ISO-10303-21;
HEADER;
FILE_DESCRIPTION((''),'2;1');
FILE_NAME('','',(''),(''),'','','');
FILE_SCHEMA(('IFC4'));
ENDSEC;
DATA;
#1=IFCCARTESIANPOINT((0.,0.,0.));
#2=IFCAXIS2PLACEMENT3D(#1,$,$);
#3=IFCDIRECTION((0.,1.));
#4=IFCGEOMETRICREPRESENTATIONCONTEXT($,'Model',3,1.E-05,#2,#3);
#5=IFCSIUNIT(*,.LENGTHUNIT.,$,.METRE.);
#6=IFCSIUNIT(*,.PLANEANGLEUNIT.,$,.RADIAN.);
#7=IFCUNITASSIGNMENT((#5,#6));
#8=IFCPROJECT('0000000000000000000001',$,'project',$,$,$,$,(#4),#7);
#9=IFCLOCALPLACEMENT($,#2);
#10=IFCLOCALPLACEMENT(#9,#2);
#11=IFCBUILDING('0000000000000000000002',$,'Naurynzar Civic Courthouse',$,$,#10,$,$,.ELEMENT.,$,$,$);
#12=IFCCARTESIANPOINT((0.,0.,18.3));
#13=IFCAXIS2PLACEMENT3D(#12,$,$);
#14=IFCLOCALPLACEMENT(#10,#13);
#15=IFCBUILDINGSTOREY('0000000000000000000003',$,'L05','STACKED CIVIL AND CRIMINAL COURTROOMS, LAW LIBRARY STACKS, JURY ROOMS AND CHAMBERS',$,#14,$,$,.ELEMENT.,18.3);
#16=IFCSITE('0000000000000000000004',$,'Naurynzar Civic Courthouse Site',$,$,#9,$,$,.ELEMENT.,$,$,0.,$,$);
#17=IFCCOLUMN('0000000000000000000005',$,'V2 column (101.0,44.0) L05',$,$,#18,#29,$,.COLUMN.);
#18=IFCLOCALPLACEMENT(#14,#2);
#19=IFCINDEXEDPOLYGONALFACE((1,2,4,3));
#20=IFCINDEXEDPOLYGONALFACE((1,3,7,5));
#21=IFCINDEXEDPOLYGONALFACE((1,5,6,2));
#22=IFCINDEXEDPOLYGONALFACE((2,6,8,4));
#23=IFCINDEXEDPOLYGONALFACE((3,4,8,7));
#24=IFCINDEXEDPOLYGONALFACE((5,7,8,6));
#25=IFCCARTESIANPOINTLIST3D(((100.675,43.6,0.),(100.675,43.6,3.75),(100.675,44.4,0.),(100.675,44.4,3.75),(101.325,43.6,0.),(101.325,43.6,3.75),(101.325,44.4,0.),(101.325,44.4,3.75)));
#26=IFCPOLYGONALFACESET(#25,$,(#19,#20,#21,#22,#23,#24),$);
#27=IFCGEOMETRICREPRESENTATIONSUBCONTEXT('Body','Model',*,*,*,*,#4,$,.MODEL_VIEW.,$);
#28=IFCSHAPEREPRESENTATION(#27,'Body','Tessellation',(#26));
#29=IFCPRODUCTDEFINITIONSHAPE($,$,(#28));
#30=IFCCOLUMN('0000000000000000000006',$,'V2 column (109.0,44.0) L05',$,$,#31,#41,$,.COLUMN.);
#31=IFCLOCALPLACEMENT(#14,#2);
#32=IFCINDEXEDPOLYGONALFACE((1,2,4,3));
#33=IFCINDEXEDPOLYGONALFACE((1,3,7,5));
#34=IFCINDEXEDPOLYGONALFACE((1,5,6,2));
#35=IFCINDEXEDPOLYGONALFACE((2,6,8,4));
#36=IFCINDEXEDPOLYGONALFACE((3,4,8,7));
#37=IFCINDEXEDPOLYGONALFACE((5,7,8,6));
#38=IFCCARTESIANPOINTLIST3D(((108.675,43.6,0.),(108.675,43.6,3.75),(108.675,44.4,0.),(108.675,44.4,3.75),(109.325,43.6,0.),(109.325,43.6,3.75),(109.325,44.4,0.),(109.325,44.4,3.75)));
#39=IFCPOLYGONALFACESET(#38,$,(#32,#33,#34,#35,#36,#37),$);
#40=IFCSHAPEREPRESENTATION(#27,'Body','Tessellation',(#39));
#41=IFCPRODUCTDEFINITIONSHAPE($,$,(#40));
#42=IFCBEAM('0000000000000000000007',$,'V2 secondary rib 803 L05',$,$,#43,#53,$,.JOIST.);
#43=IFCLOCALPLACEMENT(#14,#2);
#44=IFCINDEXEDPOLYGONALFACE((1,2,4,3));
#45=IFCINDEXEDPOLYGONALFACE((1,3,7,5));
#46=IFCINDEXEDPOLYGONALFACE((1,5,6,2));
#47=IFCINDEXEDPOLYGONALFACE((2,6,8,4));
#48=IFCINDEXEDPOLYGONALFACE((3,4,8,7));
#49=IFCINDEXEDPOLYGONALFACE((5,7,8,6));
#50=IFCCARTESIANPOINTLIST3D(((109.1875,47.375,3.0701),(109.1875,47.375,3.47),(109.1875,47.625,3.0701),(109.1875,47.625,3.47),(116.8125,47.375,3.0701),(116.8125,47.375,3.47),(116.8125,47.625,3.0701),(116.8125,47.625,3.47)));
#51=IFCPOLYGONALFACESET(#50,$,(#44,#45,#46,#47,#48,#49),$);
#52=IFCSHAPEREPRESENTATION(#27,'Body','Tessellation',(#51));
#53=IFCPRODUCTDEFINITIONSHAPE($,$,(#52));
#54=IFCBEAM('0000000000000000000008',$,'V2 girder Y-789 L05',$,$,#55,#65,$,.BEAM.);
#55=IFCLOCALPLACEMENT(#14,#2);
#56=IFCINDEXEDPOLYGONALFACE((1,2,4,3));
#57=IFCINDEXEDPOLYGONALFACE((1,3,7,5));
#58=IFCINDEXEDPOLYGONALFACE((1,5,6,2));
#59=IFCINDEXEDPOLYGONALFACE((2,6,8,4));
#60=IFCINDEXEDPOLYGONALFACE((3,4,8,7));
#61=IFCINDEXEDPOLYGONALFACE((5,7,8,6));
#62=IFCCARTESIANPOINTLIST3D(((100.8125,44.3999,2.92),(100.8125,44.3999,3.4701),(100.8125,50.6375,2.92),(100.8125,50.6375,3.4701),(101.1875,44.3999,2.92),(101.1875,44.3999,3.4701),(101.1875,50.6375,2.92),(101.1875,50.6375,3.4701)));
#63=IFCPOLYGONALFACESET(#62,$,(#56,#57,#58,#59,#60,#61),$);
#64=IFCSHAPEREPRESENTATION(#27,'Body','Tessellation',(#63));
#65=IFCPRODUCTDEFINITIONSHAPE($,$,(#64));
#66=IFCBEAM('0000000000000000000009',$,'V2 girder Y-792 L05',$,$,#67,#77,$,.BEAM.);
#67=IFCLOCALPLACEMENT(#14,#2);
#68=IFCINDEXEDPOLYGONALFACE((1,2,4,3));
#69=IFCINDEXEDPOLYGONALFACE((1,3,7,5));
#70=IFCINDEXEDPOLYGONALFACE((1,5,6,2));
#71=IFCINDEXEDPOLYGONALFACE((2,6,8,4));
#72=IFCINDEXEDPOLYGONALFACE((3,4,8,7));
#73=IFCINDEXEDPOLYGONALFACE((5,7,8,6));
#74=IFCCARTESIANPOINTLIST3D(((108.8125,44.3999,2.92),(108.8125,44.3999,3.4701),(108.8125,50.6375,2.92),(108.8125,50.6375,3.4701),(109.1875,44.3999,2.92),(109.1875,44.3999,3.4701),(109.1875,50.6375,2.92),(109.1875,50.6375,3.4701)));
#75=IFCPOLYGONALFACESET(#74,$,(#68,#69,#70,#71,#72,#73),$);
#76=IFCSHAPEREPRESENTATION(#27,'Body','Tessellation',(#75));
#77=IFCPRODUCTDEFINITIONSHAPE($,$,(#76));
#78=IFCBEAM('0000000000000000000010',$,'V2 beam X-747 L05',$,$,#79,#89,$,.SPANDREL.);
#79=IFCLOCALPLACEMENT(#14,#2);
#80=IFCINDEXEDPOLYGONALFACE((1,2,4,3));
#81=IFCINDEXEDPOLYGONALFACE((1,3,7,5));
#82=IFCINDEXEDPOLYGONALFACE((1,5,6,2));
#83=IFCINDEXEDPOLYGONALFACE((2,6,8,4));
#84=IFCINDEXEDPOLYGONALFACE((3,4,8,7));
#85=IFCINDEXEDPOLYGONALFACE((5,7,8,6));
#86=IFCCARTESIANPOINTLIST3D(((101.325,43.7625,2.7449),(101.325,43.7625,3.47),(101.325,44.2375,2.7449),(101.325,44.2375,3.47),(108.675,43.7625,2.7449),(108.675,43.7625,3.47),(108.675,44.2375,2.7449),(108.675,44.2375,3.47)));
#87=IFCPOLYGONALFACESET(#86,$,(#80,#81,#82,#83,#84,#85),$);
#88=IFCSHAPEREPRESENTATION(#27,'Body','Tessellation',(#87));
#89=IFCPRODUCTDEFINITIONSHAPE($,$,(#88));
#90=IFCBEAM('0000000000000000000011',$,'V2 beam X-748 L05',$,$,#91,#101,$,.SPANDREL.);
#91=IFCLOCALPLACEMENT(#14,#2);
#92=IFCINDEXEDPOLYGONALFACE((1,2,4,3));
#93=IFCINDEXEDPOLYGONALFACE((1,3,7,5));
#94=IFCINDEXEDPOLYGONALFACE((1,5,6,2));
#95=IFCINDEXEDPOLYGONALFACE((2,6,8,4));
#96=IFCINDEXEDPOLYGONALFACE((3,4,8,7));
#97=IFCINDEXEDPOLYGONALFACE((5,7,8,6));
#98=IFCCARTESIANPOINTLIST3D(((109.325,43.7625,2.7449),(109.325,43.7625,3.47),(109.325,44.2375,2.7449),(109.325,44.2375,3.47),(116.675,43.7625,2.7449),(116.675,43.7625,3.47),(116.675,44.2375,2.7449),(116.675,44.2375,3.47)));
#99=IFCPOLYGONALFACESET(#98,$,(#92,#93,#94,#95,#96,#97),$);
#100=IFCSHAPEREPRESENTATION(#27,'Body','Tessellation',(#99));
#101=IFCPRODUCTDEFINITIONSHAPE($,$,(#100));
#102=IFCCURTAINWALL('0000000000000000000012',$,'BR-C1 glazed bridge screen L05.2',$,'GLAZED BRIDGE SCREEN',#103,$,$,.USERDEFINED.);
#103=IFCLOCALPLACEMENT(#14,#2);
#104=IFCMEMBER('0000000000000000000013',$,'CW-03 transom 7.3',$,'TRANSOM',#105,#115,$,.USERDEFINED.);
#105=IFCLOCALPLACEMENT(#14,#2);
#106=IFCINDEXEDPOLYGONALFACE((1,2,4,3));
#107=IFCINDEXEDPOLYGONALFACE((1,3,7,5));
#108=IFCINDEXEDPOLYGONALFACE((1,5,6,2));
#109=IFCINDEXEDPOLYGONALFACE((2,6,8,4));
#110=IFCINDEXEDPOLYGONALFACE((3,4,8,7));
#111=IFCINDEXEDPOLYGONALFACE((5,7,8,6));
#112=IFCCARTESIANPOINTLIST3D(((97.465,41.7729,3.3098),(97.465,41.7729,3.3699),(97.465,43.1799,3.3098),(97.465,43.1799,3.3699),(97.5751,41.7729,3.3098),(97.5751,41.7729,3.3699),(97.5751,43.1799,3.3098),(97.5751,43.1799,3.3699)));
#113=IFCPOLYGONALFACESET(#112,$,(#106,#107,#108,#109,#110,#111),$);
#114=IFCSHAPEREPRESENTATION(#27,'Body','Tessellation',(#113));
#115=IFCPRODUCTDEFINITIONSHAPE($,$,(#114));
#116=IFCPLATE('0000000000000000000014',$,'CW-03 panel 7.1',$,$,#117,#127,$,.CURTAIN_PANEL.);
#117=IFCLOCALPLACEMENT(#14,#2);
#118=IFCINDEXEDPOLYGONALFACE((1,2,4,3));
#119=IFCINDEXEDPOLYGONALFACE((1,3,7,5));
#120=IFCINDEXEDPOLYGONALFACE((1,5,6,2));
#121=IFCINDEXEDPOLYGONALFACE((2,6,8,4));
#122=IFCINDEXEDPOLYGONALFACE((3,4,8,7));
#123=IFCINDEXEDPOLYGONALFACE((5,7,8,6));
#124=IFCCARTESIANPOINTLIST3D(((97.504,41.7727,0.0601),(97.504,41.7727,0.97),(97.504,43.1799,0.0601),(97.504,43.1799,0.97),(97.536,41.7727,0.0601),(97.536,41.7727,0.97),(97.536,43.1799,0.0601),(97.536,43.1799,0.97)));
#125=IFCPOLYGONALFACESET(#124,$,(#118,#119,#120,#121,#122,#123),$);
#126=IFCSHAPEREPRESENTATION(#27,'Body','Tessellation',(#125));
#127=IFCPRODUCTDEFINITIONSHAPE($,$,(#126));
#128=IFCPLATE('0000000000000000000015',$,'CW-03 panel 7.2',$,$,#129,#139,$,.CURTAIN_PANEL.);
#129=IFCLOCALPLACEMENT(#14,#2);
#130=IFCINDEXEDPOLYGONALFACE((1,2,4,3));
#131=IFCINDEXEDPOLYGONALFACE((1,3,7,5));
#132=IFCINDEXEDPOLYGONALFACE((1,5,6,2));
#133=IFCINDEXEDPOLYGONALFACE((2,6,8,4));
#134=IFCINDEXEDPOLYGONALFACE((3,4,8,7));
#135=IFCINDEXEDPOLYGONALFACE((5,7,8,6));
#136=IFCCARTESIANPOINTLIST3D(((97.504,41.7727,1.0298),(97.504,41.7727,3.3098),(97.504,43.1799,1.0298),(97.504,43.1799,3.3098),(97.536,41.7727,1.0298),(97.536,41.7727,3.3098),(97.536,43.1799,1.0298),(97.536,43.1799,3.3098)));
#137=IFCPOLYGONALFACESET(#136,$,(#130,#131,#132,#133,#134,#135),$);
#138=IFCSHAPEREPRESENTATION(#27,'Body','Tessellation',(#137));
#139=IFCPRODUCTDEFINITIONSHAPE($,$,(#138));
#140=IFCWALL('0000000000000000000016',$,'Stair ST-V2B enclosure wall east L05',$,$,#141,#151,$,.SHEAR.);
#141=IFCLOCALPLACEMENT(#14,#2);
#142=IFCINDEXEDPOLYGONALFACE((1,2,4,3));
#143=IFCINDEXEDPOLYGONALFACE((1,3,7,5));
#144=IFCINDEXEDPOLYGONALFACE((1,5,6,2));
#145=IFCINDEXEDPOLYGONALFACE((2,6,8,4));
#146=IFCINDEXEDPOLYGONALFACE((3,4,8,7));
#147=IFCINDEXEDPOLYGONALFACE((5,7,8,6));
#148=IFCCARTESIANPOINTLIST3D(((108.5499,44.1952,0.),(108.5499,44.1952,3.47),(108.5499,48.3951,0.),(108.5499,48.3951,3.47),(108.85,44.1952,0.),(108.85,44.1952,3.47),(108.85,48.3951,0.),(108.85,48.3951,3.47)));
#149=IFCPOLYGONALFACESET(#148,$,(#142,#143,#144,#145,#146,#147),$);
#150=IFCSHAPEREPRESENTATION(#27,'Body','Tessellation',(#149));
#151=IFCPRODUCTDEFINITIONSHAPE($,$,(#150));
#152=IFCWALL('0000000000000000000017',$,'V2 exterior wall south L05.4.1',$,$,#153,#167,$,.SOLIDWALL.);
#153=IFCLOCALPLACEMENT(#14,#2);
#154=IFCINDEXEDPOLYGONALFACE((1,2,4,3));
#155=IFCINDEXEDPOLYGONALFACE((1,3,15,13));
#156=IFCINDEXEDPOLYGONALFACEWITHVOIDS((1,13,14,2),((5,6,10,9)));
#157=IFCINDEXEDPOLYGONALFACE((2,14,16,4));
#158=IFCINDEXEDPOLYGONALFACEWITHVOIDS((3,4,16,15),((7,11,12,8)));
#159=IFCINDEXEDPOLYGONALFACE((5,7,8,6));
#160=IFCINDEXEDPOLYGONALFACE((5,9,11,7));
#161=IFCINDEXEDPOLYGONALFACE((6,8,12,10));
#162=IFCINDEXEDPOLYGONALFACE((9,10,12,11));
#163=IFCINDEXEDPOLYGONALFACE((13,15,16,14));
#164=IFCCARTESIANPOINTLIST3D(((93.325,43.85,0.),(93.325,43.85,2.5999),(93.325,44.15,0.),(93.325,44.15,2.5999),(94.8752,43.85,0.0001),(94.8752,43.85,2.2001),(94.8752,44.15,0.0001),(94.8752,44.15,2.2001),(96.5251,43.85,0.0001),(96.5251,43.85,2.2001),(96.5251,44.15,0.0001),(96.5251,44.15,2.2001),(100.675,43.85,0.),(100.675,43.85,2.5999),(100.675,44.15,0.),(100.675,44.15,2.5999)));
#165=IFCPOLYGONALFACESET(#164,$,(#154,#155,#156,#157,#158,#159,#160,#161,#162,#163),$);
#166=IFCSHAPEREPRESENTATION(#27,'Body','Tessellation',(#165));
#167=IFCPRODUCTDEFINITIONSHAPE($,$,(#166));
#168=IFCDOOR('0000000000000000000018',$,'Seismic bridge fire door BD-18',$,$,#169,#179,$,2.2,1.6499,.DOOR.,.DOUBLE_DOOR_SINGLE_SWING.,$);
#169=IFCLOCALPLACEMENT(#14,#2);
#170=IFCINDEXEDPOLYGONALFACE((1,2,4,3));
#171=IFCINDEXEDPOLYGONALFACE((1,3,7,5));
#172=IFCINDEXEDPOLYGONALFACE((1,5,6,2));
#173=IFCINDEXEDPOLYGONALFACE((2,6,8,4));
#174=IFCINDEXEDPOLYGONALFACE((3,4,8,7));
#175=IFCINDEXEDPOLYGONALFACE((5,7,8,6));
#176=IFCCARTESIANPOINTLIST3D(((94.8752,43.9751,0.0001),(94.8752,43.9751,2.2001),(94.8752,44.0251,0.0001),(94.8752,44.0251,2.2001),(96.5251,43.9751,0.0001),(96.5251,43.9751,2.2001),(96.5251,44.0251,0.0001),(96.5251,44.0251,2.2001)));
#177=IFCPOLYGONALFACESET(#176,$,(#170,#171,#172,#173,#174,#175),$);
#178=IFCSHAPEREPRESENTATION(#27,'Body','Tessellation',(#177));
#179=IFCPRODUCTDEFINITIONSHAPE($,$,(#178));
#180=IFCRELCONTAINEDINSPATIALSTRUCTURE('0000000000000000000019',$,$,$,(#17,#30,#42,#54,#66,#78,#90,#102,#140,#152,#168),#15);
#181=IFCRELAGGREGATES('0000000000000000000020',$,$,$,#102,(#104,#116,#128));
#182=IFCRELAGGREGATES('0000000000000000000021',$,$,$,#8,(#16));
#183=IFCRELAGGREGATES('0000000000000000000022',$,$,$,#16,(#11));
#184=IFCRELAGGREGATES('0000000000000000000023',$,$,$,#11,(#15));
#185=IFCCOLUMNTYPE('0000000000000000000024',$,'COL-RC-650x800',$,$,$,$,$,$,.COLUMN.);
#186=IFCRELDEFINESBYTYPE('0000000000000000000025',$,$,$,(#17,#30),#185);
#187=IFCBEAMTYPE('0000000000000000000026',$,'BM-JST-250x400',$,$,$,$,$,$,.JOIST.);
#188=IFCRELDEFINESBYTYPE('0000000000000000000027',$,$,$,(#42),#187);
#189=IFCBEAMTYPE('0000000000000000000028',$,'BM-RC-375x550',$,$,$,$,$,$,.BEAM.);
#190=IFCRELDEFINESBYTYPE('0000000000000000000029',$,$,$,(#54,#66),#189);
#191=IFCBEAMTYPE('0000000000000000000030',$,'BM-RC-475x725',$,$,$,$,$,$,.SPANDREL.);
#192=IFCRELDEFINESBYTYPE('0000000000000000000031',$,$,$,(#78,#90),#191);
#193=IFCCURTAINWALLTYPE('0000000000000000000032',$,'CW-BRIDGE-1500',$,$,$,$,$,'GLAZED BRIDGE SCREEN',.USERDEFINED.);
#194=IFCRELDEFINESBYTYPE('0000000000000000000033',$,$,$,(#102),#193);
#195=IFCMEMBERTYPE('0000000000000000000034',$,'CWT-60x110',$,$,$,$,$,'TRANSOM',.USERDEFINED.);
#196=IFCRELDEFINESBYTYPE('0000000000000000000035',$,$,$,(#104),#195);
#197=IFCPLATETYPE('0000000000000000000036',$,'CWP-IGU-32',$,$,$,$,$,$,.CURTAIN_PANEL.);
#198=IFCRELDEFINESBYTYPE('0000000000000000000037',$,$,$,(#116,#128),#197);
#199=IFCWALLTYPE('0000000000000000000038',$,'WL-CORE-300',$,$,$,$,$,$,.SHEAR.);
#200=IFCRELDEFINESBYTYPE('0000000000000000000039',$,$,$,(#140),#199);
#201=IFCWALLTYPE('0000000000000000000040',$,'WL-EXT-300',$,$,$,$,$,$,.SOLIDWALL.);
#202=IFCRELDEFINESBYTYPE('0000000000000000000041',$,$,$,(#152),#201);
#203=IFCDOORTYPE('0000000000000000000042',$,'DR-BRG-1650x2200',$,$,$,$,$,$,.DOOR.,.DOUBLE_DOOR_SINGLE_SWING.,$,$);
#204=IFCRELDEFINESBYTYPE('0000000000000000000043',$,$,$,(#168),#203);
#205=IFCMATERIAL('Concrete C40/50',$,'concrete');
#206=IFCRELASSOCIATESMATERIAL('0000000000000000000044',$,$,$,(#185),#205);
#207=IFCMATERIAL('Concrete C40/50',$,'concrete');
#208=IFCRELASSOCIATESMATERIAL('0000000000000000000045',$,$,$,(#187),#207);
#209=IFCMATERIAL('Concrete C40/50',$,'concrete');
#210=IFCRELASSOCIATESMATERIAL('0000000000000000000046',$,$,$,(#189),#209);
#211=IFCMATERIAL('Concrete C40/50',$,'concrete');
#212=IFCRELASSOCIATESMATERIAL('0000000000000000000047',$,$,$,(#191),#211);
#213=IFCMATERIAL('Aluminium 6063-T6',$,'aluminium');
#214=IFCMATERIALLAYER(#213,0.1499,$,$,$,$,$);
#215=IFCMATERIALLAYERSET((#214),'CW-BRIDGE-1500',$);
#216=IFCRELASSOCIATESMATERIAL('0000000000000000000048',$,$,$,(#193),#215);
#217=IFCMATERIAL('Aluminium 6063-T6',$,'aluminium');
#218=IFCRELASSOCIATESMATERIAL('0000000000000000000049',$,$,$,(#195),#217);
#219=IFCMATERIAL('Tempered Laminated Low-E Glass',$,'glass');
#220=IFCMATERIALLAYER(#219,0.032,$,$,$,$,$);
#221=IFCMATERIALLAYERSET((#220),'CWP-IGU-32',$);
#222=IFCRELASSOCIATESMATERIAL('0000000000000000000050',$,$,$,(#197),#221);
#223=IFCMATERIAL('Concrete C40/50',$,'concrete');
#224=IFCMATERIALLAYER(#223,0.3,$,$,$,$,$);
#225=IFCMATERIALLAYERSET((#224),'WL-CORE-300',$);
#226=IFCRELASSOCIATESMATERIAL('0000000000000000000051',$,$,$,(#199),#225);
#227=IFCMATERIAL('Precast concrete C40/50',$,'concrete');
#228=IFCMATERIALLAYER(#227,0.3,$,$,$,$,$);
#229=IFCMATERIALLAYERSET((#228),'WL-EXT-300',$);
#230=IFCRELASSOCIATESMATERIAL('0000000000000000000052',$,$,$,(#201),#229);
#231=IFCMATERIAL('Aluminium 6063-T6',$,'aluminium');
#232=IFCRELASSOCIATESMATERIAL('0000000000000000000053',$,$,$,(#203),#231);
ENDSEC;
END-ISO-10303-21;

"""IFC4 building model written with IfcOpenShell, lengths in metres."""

from ifc_helpers import new_model, si_unit, direction, frame, frame_2d, origin, origin_2d, place, context, subcontext, project, spatial, rectangle, extrude, material, layer, layer_set, material_profile, profile_set, type_object, element, fill, aggregate, save


model = new_model("IFC4")

# Units and contexts
model_context = context("Model", 3, precision=1e-05, world=origin(), true_north=direction((0.0, 1.0)))
body_context = subcontext(model_context, "Body", "Model", "MODEL_VIEW")
ifc_project = project(units=[si_unit("LENGTHUNIT", "METRE"), si_unit("PLANEANGLEUNIT", "RADIAN")], contexts=[model_context])

# Site, building, storey
site_placement = place(None, origin())
site = spatial("IfcSite", under=ifc_project, at=site_placement, Name="Naurynzar Civic Courthouse Site", CompositionType="ELEMENT", RefElevation=0.0)
building_placement = place(site_placement, origin())
building = spatial("IfcBuilding", under=site, at=building_placement, Name="Naurynzar Civic Courthouse", CompositionType="ELEMENT")
storey_placement = place(building_placement, frame((0.0, 0.0, 18.3)))
storey = spatial("IfcBuildingStorey", under=building, at=storey_placement, Name="L05", Description="STACKED CIVIL AND CRIMINAL COURTROOMS, LAW LIBRARY STACKS, JURY ROOMS AND CHAMBERS", CompositionType="ELEMENT", Elevation=18.3)

# Columns
ifc_material_1 = material(Name="Concrete C40/50", Category="concrete")
ifc_material_profile_1 = material_profile(ifc_material_1, rectangle(XDim=0.6499, YDim=0.8, at=origin_2d()), Name="RC 650x800")
ifc_profile_set_1 = profile_set([ifc_material_profile_1], Name="Concrete C40/50")
column_type = type_object("IfcColumnType", Name="COL-RC-650x800", PredefinedType="COLUMN", material=ifc_profile_set_1)
for number, where, z_axis, x_axis, name in (
    (1, (101.0, 44.0, 0.0), (0.0, 0.0, 1.0), (1.0, 0.0, 0.0), "V2 column (101.0,44.0) L05"),
    (2, (109.0, 44.0, 0.0), (0.0, 0.0, 1.0), (1.0, 0.0, 0.0), "V2 column (109.0,44.0) L05"),
):
    element("IfcColumn", number, at=place(storey_placement, frame(where, z_axis=z_axis, x_axis=x_axis)), inside=storey, type_object=column_type, Name=name, PredefinedType="COLUMN", context=body_context, shape_type="SweptSolid", body=[
        extrude(rectangle(XDim=0.6499, YDim=0.8, at=origin_2d()), origin(), (0.0, 0.0, 1.0), 3.75),
    ])

# Beams
ifc_material_2 = material(Name="Concrete C40/50", Category="concrete")
ifc_material_profile_2 = material_profile(ifc_material_2, rectangle(XDim=0.25, YDim=0.3999, at=origin_2d()), Name="RCB 250x400")
ifc_profile_set_2 = profile_set([ifc_material_profile_2], Name="Concrete C40/50")
beam_type_1 = type_object("IfcBeamType", Name="BM-JST-250x400", PredefinedType="JOIST", material=ifc_profile_set_2)
beam_placement = place(storey_placement, frame((109.1875, 47.5, 3.27), z_axis=(1.0, 0.0, 0.0), x_axis=(0.0, 1.0, 0.0)))
element("IfcBeam", 3, at=beam_placement, inside=storey, type_object=beam_type_1, Name="V2 secondary rib 803 L05", PredefinedType="JOIST", context=body_context, shape_type="SweptSolid", body=[
    extrude(rectangle(XDim=0.25, YDim=0.3999, at=origin_2d()), origin(), (0.0, 0.0, 1.0), 7.625),
])
ifc_material_3 = material(Name="Concrete C40/50", Category="concrete")
ifc_material_profile_3 = material_profile(ifc_material_3, rectangle(XDim=0.375, YDim=0.55, at=origin_2d()), Name="RCB 375x550")
ifc_profile_set_3 = profile_set([ifc_material_profile_3], Name="Concrete C40/50")
beam_type_2 = type_object("IfcBeamType", Name="BM-RC-375x550", PredefinedType="BEAM", material=ifc_profile_set_3)
for number, where, z_axis, x_axis, name in (
    (4, (101.0, 44.3999, 3.1951), (0.0, 1.0, 0.0), (-1.0, 0.0, 0.0), "V2 girder Y-789 L05"),
    (5, (109.0, 44.3999, 3.1951), (0.0, 1.0, 0.0), (-1.0, 0.0, 0.0), "V2 girder Y-792 L05"),
):
    element("IfcBeam", number, at=place(storey_placement, frame(where, z_axis=z_axis, x_axis=x_axis)), inside=storey, type_object=beam_type_2, Name=name, PredefinedType="BEAM", context=body_context, shape_type="SweptSolid", body=[
        extrude(rectangle(XDim=0.375, YDim=0.55, at=origin_2d()), origin(), (0.0, 0.0, 1.0), 6.2375),
    ])
ifc_material_4 = material(Name="Concrete C40/50", Category="concrete")
ifc_material_profile_4 = material_profile(ifc_material_4, rectangle(XDim=0.4751, YDim=0.7251, at=origin_2d()), Name="RCB 475x725")
ifc_profile_set_4 = profile_set([ifc_material_profile_4], Name="Concrete C40/50")
beam_type_3 = type_object("IfcBeamType", Name="BM-RC-475x725", PredefinedType="SPANDREL", material=ifc_profile_set_4)
for number, where, z_axis, x_axis, name in (
    (6, (101.325, 44.0, 3.1074), (1.0, 0.0, 0.0), (0.0, 1.0, 0.0), "V2 beam X-747 L05"),
    (7, (109.325, 44.0, 3.1074), (1.0, 0.0, 0.0), (0.0, 1.0, 0.0), "V2 beam X-748 L05"),
):
    element("IfcBeam", number, at=place(storey_placement, frame(where, z_axis=z_axis, x_axis=x_axis)), inside=storey, type_object=beam_type_3, Name=name, PredefinedType="SPANDREL", context=body_context, shape_type="SweptSolid", body=[
        extrude(rectangle(XDim=0.4751, YDim=0.7251, at=origin_2d()), origin(), (0.0, 0.0, 1.0), 7.3501),
    ])

# Curtain wall, member, plates
ifc_material_5 = material(Name="Aluminium 6063-T6", Category="aluminium")
ifc_layer_1 = layer(ifc_material_5, 0.1499)
ifc_layer_set_1 = layer_set([ifc_layer_1], Name="CW-BRIDGE-1500")
curtain_wall_type = type_object("IfcCurtainWallType", Name="CW-BRIDGE-1500", ElementType="GLAZED BRIDGE SCREEN", PredefinedType="USERDEFINED", material=ifc_layer_set_1)
curtain_wall_placement = place(storey_placement, origin())
curtain_wall = element("IfcCurtainWall", 8, at=curtain_wall_placement, inside=storey, type_object=curtain_wall_type, Name="BR-C1 glazed bridge screen L05.2", ObjectType="GLAZED BRIDGE SCREEN", PredefinedType="USERDEFINED")
ifc_material_6 = material(Name="Aluminium 6063-T6", Category="aluminium")
ifc_material_profile_5 = material_profile(ifc_material_6, rectangle(XDim=0.1101, YDim=0.0601, at=origin_2d()), Name="ALU TRANSOM 60x110")
ifc_profile_set_5 = profile_set([ifc_material_profile_5], Name="Aluminium 6063-T6")
member_type = type_object("IfcMemberType", Name="CWT-60x110", ElementType="TRANSOM", PredefinedType="USERDEFINED", material=ifc_profile_set_5)
member_placement = place(storey_placement, frame((97.52, 41.7729, 3.3398), z_axis=(0.0, 1.0, 0.0), x_axis=(-1.0, 0.0, 0.0)))
member = element("IfcMember", 9, at=member_placement, type_object=member_type, Name="CW-03 transom 7.3", ObjectType="TRANSOM", PredefinedType="USERDEFINED", context=body_context, shape_type="SweptSolid", body=[
    extrude(rectangle(XDim=0.1101, YDim=0.0601, at=origin_2d()), origin(), (0.0, 0.0, 1.0), 1.407),
])
ifc_material_7 = material(Name="Tempered Laminated Low-E Glass", Category="glass")
ifc_layer_2 = layer(ifc_material_7, 0.032)
ifc_layer_set_2 = layer_set([ifc_layer_2], Name="CWP-IGU-32")
plate_type = type_object("IfcPlateType", Name="CWP-IGU-32", PredefinedType="CURTAIN_PANEL", material=ifc_layer_set_2)
plate_1_placement = place(storey_placement, frame((97.52, 42.4763, 0.0601), z_axis=(0.0, 0.0, 1.0), x_axis=(0.0, 1.0, 0.0)))
plate_1 = element("IfcPlate", 10, at=plate_1_placement, type_object=plate_type, Name="CW-03 panel 7.1", PredefinedType="CURTAIN_PANEL", context=body_context, shape_type="SweptSolid", body=[
    extrude(rectangle(XDim=1.4072, YDim=0.032, at=origin_2d()), origin(), (0.0, 0.0, 1.0), 0.9099),
])
plate_2_placement = place(storey_placement, frame((97.52, 42.4763, 1.0298), z_axis=(0.0, 0.0, 1.0), x_axis=(0.0, 1.0, 0.0)))
plate_2 = element("IfcPlate", 11, at=plate_2_placement, type_object=plate_type, Name="CW-03 panel 7.2", PredefinedType="CURTAIN_PANEL", context=body_context, shape_type="SweptSolid", body=[
    extrude(rectangle(XDim=1.4072, YDim=0.032, at=origin_2d()), origin(), (0.0, 0.0, 1.0), 2.28),
])
aggregate(curtain_wall, [member, plate_1, plate_2])

# Wall
ifc_material_8 = material(Name="Concrete C40/50", Category="concrete")
ifc_layer_3 = layer(ifc_material_8, 0.3)
ifc_layer_set_3 = layer_set([ifc_layer_3], Name="WL-CORE-300")
wall_type_1 = type_object("IfcWallType", Name="WL-CORE-300", PredefinedType="SHEAR", material=ifc_layer_set_3)
wall_1_placement = place(storey_placement, frame((108.7, 44.1951, 0.0), z_axis=(0.0, 0.0, 1.0), x_axis=(0.0, 1.0, 0.0)))
element("IfcWall", 12, at=wall_1_placement, inside=storey, type_object=wall_type_1, Name="Stair ST-V2B enclosure wall east L05", PredefinedType="SHEAR", context=body_context, shape_type="SweptSolid", body=[
    extrude(rectangle(XDim=4.2, YDim=0.3, at=frame_2d((2.1001, 0.0))), origin(), (0.0, 0.0, 1.0), 3.47),
])

# Wall, opening, door
ifc_material_9 = material(Name="Precast concrete C40/50", Category="concrete")
ifc_layer_4 = layer(ifc_material_9, 0.3)
ifc_layer_set_4 = layer_set([ifc_layer_4], Name="WL-EXT-300")
wall_type_2 = type_object("IfcWallType", Name="WL-EXT-300", PredefinedType="SOLIDWALL", material=ifc_layer_set_4)
wall_2_placement = place(storey_placement, frame((100.675, 44.0, 0.0), z_axis=(0.0, 0.0, 1.0), x_axis=(-1.0, 0.0, 0.0)))
wall_2 = element("IfcWall", 13, at=wall_2_placement, inside=storey, type_object=wall_type_2, Name="V2 exterior wall south L05.4.1", PredefinedType="SOLIDWALL", context=body_context, shape_type="SweptSolid", body=[
    extrude(rectangle(XDim=7.3501, YDim=0.3, at=frame_2d((3.675, 0.0))), origin(), (0.0, 0.0, 1.0), 2.5999),
])
opening_placement = place(wall_2_placement, frame((4.1499, 0.0, 0.0)))
opening = element("IfcOpeningElement", 14, at=opening_placement, cuts=wall_2, PredefinedType="OPENING", context=body_context, shape_type="SweptSolid", body=[
    extrude(rectangle(XDim=1.6499, YDim=2.2, at=frame_2d((0.825, 1.1001))), frame((0.0, 0.1599, 0.0), z_axis=(0.0, -1.0, 0.0), x_axis=(1.0, 0.0, 0.0)), (0.0, 0.0, 1.0), 0.3201),
])
ifc_material_10 = material(Name="Aluminium 6063-T6", Category="aluminium")
door_type = type_object("IfcDoorType", Name="DR-BRG-1650x2200", OperationType="DOUBLE_DOOR_SINGLE_SWING", PredefinedType="DOOR", material=ifc_material_10)
door_placement = place(opening_placement, origin())
door = element("IfcDoor", 15, at=door_placement, inside=storey, type_object=door_type, Name="Seismic bridge fire door BD-18", OperationType="DOUBLE_DOOR_SINGLE_SWING", OverallHeight=2.2, OverallWidth=1.6499, PredefinedType="DOOR", context=body_context, shape_type="SweptSolid", body=[
    extrude(rectangle(XDim=1.6499, YDim=2.2, at=frame_2d((0.825, 1.1001))), frame((0.0, 0.0249, 0.0), z_axis=(0.0, -1.0, 0.0), x_axis=(1.0, 0.0, 0.0)), (0.0, 0.0, 1.0), 0.05),
])
fill(opening, door)

save(model, "model.ifc")
